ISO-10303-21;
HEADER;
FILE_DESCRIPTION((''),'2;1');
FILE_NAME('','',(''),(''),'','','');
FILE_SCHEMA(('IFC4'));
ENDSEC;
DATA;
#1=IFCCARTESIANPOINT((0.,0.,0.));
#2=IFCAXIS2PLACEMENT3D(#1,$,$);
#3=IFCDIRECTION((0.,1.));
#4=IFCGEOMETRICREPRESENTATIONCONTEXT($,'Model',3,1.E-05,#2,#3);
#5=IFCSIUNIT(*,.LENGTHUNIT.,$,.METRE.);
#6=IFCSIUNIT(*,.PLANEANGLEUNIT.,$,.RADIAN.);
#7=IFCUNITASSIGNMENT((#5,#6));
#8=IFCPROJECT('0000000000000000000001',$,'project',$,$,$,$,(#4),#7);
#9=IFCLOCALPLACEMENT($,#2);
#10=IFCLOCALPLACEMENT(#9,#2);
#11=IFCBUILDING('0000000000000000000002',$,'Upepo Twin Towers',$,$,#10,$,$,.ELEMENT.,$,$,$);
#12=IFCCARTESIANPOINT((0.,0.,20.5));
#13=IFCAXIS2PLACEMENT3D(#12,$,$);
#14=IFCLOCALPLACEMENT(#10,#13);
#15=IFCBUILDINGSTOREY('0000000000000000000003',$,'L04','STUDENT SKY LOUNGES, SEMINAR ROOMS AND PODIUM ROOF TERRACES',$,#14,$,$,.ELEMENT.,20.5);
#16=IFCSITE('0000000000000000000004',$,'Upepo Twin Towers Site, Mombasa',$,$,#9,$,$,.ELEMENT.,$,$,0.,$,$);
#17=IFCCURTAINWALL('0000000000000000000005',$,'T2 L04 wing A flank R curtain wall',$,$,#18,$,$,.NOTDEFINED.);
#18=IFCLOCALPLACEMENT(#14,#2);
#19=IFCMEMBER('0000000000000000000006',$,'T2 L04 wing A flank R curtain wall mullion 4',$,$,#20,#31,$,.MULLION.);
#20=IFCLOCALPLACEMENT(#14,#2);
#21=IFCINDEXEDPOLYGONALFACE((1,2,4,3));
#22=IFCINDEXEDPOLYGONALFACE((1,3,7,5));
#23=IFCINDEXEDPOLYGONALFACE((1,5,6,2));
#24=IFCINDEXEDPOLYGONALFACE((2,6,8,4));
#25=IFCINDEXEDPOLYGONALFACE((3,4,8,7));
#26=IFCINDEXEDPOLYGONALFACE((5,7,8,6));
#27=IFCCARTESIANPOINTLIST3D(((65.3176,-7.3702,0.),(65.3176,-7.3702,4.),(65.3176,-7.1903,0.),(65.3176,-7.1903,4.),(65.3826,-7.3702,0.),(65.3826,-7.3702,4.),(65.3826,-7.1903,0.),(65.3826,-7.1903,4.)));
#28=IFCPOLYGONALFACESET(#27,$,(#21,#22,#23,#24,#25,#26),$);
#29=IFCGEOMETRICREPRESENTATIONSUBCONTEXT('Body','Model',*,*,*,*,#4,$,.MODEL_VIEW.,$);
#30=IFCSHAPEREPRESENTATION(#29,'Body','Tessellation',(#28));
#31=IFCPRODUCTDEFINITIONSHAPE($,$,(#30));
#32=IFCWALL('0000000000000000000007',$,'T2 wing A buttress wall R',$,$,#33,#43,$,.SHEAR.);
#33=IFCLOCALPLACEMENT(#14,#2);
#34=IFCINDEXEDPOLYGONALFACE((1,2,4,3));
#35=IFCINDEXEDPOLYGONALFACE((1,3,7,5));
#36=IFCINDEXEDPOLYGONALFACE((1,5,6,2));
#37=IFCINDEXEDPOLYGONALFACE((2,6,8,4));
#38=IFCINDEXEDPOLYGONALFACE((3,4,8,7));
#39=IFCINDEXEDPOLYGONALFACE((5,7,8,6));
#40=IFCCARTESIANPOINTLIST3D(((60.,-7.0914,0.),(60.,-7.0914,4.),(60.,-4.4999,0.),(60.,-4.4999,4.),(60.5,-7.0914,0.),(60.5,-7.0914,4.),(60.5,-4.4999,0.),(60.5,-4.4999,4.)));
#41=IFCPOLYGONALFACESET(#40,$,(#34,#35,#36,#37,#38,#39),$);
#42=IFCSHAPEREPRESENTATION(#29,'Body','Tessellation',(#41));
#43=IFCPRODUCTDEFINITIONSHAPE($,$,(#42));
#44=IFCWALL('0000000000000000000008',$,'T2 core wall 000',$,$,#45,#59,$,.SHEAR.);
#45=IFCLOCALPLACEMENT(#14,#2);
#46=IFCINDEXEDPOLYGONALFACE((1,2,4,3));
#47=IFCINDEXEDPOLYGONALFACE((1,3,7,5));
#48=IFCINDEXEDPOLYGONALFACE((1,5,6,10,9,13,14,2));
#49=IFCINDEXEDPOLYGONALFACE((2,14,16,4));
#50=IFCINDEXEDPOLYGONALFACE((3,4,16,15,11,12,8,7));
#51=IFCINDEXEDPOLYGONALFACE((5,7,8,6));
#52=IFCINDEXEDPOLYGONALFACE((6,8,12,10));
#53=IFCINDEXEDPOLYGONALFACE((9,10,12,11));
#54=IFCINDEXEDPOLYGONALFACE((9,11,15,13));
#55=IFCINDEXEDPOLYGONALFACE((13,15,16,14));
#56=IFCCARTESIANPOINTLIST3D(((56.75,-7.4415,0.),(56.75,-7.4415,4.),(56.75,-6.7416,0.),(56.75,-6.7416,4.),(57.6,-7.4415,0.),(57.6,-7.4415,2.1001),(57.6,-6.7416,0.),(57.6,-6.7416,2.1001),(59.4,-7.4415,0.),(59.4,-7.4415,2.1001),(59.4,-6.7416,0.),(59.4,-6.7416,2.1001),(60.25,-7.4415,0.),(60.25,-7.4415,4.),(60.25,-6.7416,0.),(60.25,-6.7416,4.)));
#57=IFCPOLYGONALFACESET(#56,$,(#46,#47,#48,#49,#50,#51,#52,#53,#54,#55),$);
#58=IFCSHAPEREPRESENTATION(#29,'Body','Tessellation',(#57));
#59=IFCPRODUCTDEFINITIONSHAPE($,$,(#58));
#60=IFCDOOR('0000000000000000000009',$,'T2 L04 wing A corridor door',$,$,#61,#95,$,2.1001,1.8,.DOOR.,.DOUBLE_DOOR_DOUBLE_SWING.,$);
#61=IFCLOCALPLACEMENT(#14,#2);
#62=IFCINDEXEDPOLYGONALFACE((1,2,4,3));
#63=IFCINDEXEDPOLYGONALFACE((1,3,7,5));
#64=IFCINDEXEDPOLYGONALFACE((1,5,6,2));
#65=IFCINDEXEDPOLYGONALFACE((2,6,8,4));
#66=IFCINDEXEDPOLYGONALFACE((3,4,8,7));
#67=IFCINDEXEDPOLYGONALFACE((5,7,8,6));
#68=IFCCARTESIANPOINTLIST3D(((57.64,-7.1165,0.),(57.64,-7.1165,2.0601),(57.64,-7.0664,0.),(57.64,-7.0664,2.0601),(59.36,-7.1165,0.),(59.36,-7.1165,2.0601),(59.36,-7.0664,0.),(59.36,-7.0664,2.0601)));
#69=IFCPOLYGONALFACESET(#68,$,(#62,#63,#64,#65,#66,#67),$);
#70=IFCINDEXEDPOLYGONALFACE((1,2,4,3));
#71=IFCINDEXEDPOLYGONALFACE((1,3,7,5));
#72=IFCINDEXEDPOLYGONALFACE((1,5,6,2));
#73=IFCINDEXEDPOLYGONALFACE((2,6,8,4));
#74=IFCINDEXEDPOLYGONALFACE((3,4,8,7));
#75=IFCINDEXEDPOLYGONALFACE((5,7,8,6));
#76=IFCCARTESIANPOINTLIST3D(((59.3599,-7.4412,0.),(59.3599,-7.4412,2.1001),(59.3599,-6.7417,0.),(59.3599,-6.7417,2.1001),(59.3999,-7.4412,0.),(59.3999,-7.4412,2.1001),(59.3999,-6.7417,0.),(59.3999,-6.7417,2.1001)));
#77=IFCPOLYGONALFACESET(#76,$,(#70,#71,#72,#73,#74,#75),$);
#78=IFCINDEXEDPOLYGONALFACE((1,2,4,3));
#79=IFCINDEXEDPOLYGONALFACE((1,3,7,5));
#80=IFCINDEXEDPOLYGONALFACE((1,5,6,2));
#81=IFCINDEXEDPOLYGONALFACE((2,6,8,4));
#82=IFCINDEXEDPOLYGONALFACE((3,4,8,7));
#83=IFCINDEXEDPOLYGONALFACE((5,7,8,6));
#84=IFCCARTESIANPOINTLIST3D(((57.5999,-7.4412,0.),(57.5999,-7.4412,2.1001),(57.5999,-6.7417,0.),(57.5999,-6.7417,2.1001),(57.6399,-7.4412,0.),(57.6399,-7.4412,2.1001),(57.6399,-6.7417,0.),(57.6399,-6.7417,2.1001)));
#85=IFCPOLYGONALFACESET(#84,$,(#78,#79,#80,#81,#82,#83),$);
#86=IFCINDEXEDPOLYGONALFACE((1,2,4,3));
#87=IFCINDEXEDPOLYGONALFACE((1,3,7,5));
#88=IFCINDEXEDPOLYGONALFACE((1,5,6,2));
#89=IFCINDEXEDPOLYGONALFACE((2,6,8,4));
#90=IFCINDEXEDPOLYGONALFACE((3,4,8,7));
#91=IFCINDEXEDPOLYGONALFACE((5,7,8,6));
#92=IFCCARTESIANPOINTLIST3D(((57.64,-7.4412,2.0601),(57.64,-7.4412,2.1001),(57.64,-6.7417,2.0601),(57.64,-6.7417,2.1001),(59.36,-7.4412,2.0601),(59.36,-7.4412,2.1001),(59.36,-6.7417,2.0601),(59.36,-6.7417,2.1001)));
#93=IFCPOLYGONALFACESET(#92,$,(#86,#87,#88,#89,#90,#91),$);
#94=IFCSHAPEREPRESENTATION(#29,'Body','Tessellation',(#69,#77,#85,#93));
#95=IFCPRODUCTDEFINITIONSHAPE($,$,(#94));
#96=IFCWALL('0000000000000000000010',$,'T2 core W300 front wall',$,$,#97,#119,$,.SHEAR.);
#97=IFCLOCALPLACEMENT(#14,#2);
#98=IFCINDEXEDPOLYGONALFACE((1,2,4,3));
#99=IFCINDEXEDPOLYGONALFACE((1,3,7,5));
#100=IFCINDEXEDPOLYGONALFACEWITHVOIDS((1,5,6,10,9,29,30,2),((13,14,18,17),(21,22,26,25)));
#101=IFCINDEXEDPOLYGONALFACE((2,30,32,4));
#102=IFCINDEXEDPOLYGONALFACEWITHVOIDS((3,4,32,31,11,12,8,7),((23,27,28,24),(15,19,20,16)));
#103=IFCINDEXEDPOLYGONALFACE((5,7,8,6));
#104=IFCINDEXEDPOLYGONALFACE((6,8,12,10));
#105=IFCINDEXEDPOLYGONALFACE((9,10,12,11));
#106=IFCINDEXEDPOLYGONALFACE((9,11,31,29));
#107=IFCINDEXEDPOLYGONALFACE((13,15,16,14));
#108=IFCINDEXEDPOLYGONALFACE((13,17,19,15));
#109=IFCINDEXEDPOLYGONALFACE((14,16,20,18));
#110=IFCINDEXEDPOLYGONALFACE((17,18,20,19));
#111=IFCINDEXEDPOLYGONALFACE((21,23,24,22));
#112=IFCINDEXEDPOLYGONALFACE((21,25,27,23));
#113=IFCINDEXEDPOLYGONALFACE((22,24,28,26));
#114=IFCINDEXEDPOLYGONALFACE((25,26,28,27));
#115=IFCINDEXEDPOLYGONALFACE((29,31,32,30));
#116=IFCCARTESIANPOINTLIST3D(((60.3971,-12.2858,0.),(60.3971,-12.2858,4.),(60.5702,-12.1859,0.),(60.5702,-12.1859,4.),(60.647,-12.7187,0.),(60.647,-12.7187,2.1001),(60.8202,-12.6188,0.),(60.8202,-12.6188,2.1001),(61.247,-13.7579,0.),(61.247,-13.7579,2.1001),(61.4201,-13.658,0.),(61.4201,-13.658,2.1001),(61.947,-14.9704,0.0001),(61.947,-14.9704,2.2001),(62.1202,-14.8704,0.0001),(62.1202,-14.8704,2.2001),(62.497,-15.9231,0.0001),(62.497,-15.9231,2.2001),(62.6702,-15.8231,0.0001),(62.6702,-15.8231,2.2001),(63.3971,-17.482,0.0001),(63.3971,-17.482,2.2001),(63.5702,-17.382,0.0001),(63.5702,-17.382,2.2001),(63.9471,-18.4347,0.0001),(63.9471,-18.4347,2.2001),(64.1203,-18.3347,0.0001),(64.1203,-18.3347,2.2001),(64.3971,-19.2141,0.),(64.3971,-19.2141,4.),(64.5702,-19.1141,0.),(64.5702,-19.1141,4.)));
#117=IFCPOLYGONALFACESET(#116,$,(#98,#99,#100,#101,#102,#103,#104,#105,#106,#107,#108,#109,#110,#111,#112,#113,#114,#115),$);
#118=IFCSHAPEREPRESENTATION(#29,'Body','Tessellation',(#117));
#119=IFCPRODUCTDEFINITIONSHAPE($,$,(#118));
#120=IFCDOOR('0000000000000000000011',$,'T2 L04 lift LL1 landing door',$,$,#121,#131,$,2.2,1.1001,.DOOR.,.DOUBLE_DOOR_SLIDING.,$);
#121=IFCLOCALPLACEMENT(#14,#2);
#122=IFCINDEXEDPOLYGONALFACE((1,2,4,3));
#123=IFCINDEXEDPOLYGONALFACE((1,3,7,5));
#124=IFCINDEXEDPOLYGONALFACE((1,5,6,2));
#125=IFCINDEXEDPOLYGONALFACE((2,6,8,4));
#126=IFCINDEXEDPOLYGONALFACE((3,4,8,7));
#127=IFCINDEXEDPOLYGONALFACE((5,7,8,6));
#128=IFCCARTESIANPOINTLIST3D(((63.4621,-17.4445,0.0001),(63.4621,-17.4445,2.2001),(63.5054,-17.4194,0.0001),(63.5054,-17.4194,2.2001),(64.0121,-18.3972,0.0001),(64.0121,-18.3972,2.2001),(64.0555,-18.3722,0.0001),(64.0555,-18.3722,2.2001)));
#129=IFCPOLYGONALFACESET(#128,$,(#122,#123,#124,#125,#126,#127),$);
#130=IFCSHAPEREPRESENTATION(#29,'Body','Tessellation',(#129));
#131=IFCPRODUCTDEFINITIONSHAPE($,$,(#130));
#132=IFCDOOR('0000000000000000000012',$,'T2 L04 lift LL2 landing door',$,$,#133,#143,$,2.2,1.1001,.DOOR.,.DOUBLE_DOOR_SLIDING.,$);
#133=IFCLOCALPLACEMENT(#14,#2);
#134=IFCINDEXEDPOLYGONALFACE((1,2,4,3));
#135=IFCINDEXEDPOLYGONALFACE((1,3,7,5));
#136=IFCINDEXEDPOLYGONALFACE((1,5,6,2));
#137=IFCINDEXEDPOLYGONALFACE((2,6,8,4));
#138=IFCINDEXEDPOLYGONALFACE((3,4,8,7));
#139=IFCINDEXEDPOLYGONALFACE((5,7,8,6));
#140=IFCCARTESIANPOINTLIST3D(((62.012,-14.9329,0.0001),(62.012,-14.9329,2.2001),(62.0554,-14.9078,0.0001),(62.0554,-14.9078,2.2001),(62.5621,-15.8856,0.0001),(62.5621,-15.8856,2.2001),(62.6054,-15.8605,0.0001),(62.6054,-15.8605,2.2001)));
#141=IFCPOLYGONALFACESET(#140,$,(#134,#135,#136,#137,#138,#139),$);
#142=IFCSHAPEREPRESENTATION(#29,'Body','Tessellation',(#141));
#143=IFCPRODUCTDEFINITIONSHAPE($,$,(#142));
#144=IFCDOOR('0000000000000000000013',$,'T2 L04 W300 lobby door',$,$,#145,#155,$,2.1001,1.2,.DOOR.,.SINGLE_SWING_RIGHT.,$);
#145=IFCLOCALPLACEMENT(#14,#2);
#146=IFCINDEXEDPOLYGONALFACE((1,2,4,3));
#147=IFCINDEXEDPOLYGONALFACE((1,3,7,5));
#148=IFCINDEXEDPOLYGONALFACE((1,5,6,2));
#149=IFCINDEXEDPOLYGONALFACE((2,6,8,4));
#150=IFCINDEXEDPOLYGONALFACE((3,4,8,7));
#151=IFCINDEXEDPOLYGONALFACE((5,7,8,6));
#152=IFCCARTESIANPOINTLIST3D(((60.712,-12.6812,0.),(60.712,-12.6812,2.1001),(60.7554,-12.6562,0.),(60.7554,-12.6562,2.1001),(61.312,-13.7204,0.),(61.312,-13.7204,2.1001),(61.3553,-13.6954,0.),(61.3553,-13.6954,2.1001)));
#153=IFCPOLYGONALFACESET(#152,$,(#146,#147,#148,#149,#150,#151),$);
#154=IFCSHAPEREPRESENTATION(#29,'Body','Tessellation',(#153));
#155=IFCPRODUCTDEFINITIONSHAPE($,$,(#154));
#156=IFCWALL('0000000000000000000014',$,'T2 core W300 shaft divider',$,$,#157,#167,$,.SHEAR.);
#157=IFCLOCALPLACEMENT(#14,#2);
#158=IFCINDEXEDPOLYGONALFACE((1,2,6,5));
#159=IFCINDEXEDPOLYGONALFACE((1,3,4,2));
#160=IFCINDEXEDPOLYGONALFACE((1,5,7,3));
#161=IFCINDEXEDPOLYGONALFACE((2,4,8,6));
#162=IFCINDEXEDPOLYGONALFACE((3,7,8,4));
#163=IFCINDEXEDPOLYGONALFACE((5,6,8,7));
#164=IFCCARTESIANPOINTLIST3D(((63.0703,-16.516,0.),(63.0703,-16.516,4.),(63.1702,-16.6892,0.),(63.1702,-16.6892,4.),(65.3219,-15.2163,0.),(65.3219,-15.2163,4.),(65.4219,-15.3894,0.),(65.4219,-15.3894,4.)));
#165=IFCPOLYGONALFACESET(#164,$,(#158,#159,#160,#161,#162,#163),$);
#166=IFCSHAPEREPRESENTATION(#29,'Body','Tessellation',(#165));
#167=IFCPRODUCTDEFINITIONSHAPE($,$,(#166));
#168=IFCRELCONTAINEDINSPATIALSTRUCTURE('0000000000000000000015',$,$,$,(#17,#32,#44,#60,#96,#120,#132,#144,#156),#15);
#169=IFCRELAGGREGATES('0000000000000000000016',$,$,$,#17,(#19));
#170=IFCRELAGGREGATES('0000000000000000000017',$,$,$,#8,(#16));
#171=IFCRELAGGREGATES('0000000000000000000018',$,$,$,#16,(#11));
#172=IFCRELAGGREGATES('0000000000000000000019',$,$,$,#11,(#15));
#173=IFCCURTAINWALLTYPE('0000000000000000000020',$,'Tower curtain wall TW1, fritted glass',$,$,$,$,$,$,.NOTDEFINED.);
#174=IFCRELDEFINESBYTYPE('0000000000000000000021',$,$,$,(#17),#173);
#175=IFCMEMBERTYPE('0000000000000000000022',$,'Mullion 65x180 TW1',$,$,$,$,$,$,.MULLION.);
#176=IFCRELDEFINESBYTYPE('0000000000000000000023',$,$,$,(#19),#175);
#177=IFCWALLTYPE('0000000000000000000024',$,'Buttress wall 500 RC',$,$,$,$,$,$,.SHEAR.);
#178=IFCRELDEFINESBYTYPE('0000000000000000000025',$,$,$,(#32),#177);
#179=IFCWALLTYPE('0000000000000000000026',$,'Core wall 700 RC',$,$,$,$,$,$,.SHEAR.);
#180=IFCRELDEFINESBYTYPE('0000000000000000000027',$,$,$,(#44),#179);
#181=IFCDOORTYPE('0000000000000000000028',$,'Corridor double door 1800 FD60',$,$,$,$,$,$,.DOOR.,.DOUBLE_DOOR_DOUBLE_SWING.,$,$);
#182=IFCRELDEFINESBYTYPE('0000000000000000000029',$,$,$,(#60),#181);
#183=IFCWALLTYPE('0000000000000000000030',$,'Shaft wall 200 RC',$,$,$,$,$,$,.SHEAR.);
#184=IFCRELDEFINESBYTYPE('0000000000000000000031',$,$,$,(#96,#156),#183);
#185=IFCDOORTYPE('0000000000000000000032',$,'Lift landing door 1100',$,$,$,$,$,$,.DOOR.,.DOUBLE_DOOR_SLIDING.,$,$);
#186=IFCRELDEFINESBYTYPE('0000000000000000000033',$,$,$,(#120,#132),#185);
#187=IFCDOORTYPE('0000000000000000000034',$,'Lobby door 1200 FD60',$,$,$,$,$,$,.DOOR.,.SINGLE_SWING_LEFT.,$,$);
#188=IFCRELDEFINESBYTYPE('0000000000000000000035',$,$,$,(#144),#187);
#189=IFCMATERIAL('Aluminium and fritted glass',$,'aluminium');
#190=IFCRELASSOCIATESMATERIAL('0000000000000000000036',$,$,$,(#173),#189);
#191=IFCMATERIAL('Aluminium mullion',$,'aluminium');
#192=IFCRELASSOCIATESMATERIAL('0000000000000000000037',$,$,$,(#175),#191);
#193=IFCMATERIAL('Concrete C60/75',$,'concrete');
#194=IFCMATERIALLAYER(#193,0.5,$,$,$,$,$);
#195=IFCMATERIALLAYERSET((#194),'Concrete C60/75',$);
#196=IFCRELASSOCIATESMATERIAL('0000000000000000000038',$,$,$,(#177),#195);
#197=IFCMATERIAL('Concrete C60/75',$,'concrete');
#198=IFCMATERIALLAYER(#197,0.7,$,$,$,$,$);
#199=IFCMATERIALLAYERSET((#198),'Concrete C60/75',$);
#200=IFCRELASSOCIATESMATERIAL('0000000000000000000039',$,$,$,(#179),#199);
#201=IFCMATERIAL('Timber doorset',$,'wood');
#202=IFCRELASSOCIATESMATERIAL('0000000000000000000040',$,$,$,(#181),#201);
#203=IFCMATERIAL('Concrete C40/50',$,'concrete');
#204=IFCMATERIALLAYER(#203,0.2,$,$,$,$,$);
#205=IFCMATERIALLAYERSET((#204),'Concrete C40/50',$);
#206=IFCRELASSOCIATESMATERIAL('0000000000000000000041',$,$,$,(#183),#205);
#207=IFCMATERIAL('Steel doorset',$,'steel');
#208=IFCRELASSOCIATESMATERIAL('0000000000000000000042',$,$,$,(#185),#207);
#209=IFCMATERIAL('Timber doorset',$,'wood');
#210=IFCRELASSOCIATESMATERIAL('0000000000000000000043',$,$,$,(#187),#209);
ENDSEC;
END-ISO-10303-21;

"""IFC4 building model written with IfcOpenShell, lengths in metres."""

from ifc_helpers import new_model, si_unit, direction, frame, frame_2d, origin, origin_2d, place, context, subcontext, project, spatial, rectangle, extrude, material, layer, layer_set, material_profile, profile_set, type_object, element, fill, aggregate, save


model = new_model("IFC4")

# Units and contexts
model_context = context("Model", 3, precision=1e-05, world=origin(), true_north=direction((0.0, 1.0)))
body_context = subcontext(model_context, "Body", "Model", "MODEL_VIEW")
ifc_project = project(units=[si_unit("LENGTHUNIT", "METRE"), si_unit("PLANEANGLEUNIT", "RADIAN")], contexts=[model_context])

# Site, building, storey
site_placement = place(None, origin())
site = spatial("IfcSite", under=ifc_project, at=site_placement, Name="Upepo Twin Towers Site, Mombasa", CompositionType="ELEMENT", RefElevation=0.0)
building_placement = place(site_placement, origin())
building = spatial("IfcBuilding", under=site, at=building_placement, Name="Upepo Twin Towers", CompositionType="ELEMENT")
storey_placement = place(building_placement, frame((0.0, 0.0, 20.5)))
storey = spatial("IfcBuildingStorey", under=building, at=storey_placement, Name="L04", Description="STUDENT SKY LOUNGES, SEMINAR ROOMS AND PODIUM ROOF TERRACES", CompositionType="ELEMENT", Elevation=20.5)

# Curtain wall, member
ifc_material_1 = material(Name="Aluminium and fritted glass", Category="aluminium")
curtain_wall_type = type_object("IfcCurtainWallType", Name="Tower curtain wall TW1, fritted glass", PredefinedType="NOTDEFINED", material=ifc_material_1)
curtain_wall_placement = place(storey_placement, origin())
curtain_wall = element("IfcCurtainWall", 1, at=curtain_wall_placement, inside=storey, type_object=curtain_wall_type, Name="T2 L04 wing A flank R curtain wall", PredefinedType="NOTDEFINED")
ifc_material_2 = material(Name="Aluminium mullion", Category="aluminium")
ifc_material_profile = material_profile(ifc_material_2, rectangle(XDim=0.0649, YDim=0.1799, at=origin_2d()), Name="MULLION 65x180")
ifc_profile_set = profile_set([ifc_material_profile], Name="Aluminium mullion")
member_type = type_object("IfcMemberType", Name="Mullion 65x180 TW1", PredefinedType="MULLION", material=ifc_profile_set)
member_placement = place(storey_placement, frame((65.3501, -7.2803, 0.0), z_axis=(0.0, 0.0, 1.0), x_axis=(1.0, 0.0, 0.0)))
member = element("IfcMember", 2, at=member_placement, type_object=member_type, Name="T2 L04 wing A flank R curtain wall mullion 4", PredefinedType="MULLION", context=body_context, shape_type="SweptSolid", body=[
    extrude(rectangle(XDim=0.0649, YDim=0.1799, at=origin_2d()), origin(), (0.0, 0.0, 1.0), 4.0),
])
aggregate(curtain_wall, [member])

# Wall
ifc_material_3 = material(Name="Concrete C60/75", Category="concrete")
ifc_layer_1 = layer(ifc_material_3, 0.5)
ifc_layer_set_1 = layer_set([ifc_layer_1], Name="Concrete C60/75")
wall_type_1 = type_object("IfcWallType", Name="Buttress wall 500 RC", PredefinedType="SHEAR", material=ifc_layer_set_1)
wall_1_placement = place(storey_placement, frame((60.25, -7.0916, 0.0), z_axis=(0.0, 0.0, 1.0), x_axis=(0.0, 1.0, 0.0)))
element("IfcWall", 3, at=wall_1_placement, inside=storey, type_object=wall_type_1, Name="T2 wing A buttress wall R", PredefinedType="SHEAR", context=body_context, shape_type="SweptSolid", body=[
    extrude(rectangle(XDim=2.5916, YDim=0.5, at=frame_2d((1.2959, 0.0))), origin(), (0.0, 0.0, 1.0), 4.0),
])

# Wall, opening, door
ifc_material_4 = material(Name="Concrete C60/75", Category="concrete")
ifc_layer_2 = layer(ifc_material_4, 0.7)
ifc_layer_set_2 = layer_set([ifc_layer_2], Name="Concrete C60/75")
wall_type_2 = type_object("IfcWallType", Name="Core wall 700 RC", PredefinedType="SHEAR", material=ifc_layer_set_2)
wall_2_placement = place(storey_placement, frame((60.25, -7.0916, 0.0), z_axis=(0.0, 0.0, 1.0), x_axis=(-1.0, 0.0, 0.0)))
wall_2 = element("IfcWall", 4, at=wall_2_placement, inside=storey, type_object=wall_type_2, Name="T2 core wall 000", PredefinedType="SHEAR", context=body_context, shape_type="SweptSolid", body=[
    extrude(rectangle(XDim=3.5, YDim=0.7, at=frame_2d((1.75, 0.0))), origin(), (0.0, 0.0, 1.0), 4.0),
])
opening_1_placement = place(wall_2_placement, frame((0.8501, 0.0, 0.0)))
opening_1 = element("IfcOpeningElement", 5, at=opening_1_placement, cuts=wall_2, PredefinedType="OPENING", context=body_context, shape_type="SweptSolid", body=[
    extrude(rectangle(XDim=1.8, YDim=2.1001, at=frame_2d((0.8999, 1.05))), frame((0.0, 0.3599, 0.0), z_axis=(0.0, -1.0, 0.0), x_axis=(1.0, 0.0, 0.0)), (0.0, 0.0, 1.0), 0.72),
])
ifc_material_5 = material(Name="Timber doorset", Category="wood")
door_type_1 = type_object("IfcDoorType", Name="Corridor double door 1800 FD60", OperationType="DOUBLE_DOOR_DOUBLE_SWING", PredefinedType="DOOR", material=ifc_material_5)
door_1_placement = place(opening_1_placement, origin())
door_1 = element("IfcDoor", 6, at=door_1_placement, inside=storey, type_object=door_type_1, Name="T2 L04 wing A corridor door", OperationType="DOUBLE_DOOR_DOUBLE_SWING", OverallHeight=2.1001, OverallWidth=1.8, PredefinedType="DOOR", context=body_context, shape_type="SweptSolid", body=[
    extrude(rectangle(XDim=1.72, YDim=2.0601, at=frame_2d((0.8999, 1.03))), frame((0.0, 0.0249, 0.0), z_axis=(0.0, -1.0, 0.0), x_axis=(1.0, 0.0, 0.0)), (0.0, 0.0, 1.0), 0.05),
    extrude(rectangle(XDim=0.04, YDim=2.1001, at=frame_2d((0.02, 1.05))), frame((0.0, 0.3496, 0.0), z_axis=(0.0, -1.0, 0.0), x_axis=(1.0, 0.0, 0.0)), (0.0, 0.0, 1.0), 0.6995),
    extrude(rectangle(XDim=0.04, YDim=2.1001, at=frame_2d((1.78, 1.05))), frame((0.0, 0.3496, 0.0), z_axis=(0.0, -1.0, 0.0), x_axis=(1.0, 0.0, 0.0)), (0.0, 0.0, 1.0), 0.6995),
    extrude(rectangle(XDim=1.72, YDim=0.04, at=frame_2d((0.8999, 2.0801))), frame((0.0, 0.3496, 0.0), z_axis=(0.0, -1.0, 0.0), x_axis=(1.0, 0.0, 0.0)), (0.0, 0.0, 1.0), 0.6995),
])
fill(opening_1, door_1)

# Wall, openings, doors
ifc_material_6 = material(Name="Concrete C40/50", Category="concrete")
ifc_layer_3 = layer(ifc_material_6, 0.2)
ifc_layer_set_3 = layer_set([ifc_layer_3], Name="Concrete C40/50")
wall_type_3 = type_object("IfcWallType", Name="Shaft wall 200 RC", PredefinedType="SHEAR", material=ifc_layer_set_3)
wall_3_placement = place(storey_placement, frame((64.4836, -19.1641, 0.0), z_axis=(0.0, 0.0, 1.0), x_axis=(-0.499999, 0.866026, 0.0)))
wall_3 = element("IfcWall", 7, at=wall_3_placement, inside=storey, type_object=wall_type_3, Name="T2 core W300 front wall", PredefinedType="SHEAR", context=body_context, shape_type="SweptSolid", body=[
    extrude(rectangle(XDim=8.0, YDim=0.2, at=frame_2d((4.0, 0.0))), origin(), (0.0, 0.0, 1.0), 4.0),
])
opening_2_placement = place(wall_3_placement, frame((6.3, 0.0, 0.0)))
opening_2 = element("IfcOpeningElement", 8, at=opening_2_placement, cuts=wall_3, PredefinedType="OPENING", context=body_context, shape_type="SweptSolid", body=[
    extrude(rectangle(XDim=1.2, YDim=2.1001, at=frame_2d((0.6001, 1.05))), frame((0.0, 0.1099, 0.0), z_axis=(0.0, -1.0, 0.0), x_axis=(1.0, 0.0, 0.0)), (0.0, 0.0, 1.0), 0.22),
])
opening_3_placement = place(wall_3_placement, frame((0.8999, 0.0, 0.0)))
opening_3 = element("IfcOpeningElement", 9, at=opening_3_placement, cuts=wall_3, PredefinedType="OPENING", context=body_context, shape_type="SweptSolid", body=[
    extrude(rectangle(XDim=1.1001, YDim=2.2, at=frame_2d((0.55, 1.1001))), frame((0.0, 0.1099, 0.0), z_axis=(0.0, -1.0, 0.0), x_axis=(1.0, 0.0, 0.0)), (0.0, 0.0, 1.0), 0.22),
])
opening_4_placement = place(wall_3_placement, frame((3.8, 0.0, 0.0)))
opening_4 = element("IfcOpeningElement", 10, at=opening_4_placement, cuts=wall_3, PredefinedType="OPENING", context=body_context, shape_type="SweptSolid", body=[
    extrude(rectangle(XDim=1.1001, YDim=2.2, at=frame_2d((0.55, 1.1001))), frame((0.0, 0.1099, 0.0), z_axis=(0.0, -1.0, 0.0), x_axis=(1.0, 0.0, 0.0)), (0.0, 0.0, 1.0), 0.22),
])
ifc_material_7 = material(Name="Steel doorset", Category="steel")
door_type_2 = type_object("IfcDoorType", Name="Lift landing door 1100", OperationType="DOUBLE_DOOR_SLIDING", PredefinedType="DOOR", material=ifc_material_7)
door_2_placement = place(opening_3_placement, origin())
door_2 = element("IfcDoor", 11, at=door_2_placement, inside=storey, type_object=door_type_2, Name="T2 L04 lift LL1 landing door", OperationType="DOUBLE_DOOR_SLIDING", OverallHeight=2.2, OverallWidth=1.1001, PredefinedType="DOOR", context=body_context, shape_type="SweptSolid", body=[
    extrude(rectangle(XDim=1.1001, YDim=2.2, at=frame_2d((0.55, 1.1001))), frame((0.0, 0.0249, 0.0), z_axis=(0.0, -1.0, 0.0), x_axis=(1.0, 0.0, 0.0)), (0.0, 0.0, 1.0), 0.05),
])
fill(opening_3, door_2)
door_3_placement = place(opening_4_placement, origin())
door_3 = element("IfcDoor", 12, at=door_3_placement, inside=storey, type_object=door_type_2, Name="T2 L04 lift LL2 landing door", OperationType="DOUBLE_DOOR_SLIDING", OverallHeight=2.2, OverallWidth=1.1001, PredefinedType="DOOR", context=body_context, shape_type="SweptSolid", body=[
    extrude(rectangle(XDim=1.1001, YDim=2.2, at=frame_2d((0.55, 1.1001))), frame((0.0, 0.0249, 0.0), z_axis=(0.0, -1.0, 0.0), x_axis=(1.0, 0.0, 0.0)), (0.0, 0.0, 1.0), 0.05),
])
fill(opening_4, door_3)
ifc_material_8 = material(Name="Timber doorset", Category="wood")
door_type_3 = type_object("IfcDoorType", Name="Lobby door 1200 FD60", OperationType="SINGLE_SWING_LEFT", PredefinedType="DOOR", material=ifc_material_8)
door_4_placement = place(opening_2_placement, origin())
door_4 = element("IfcDoor", 13, at=door_4_placement, inside=storey, type_object=door_type_3, Name="T2 L04 W300 lobby door", OperationType="SINGLE_SWING_RIGHT", OverallHeight=2.1001, OverallWidth=1.2, PredefinedType="DOOR", context=body_context, shape_type="SweptSolid", body=[
    extrude(rectangle(XDim=1.2, YDim=2.1001, at=frame_2d((0.6001, 1.05))), frame((0.0, 0.0249, 0.0), z_axis=(0.0, -1.0, 0.0), x_axis=(1.0, 0.0, 0.0)), (0.0, 0.0, 1.0), 0.05),
])
fill(opening_2, door_4)

# Wall
wall_4_placement = place(storey_placement, frame((63.1204, -16.6025, 0.0), z_axis=(0.0, 0.0, 1.0), x_axis=(0.866062, 0.499937, 0.0)))
element("IfcWall", 14, at=wall_4_placement, inside=storey, type_object=wall_type_3, Name="T2 core W300 shaft divider", PredefinedType="SHEAR", context=body_context, shape_type="SweptSolid", body=[
    extrude(rectangle(XDim=2.5999, YDim=0.2, at=frame_2d((1.2998, 0.0))), origin(), (0.0, 0.0, 1.0), 4.0),
])

save(model, "model.ifc")
